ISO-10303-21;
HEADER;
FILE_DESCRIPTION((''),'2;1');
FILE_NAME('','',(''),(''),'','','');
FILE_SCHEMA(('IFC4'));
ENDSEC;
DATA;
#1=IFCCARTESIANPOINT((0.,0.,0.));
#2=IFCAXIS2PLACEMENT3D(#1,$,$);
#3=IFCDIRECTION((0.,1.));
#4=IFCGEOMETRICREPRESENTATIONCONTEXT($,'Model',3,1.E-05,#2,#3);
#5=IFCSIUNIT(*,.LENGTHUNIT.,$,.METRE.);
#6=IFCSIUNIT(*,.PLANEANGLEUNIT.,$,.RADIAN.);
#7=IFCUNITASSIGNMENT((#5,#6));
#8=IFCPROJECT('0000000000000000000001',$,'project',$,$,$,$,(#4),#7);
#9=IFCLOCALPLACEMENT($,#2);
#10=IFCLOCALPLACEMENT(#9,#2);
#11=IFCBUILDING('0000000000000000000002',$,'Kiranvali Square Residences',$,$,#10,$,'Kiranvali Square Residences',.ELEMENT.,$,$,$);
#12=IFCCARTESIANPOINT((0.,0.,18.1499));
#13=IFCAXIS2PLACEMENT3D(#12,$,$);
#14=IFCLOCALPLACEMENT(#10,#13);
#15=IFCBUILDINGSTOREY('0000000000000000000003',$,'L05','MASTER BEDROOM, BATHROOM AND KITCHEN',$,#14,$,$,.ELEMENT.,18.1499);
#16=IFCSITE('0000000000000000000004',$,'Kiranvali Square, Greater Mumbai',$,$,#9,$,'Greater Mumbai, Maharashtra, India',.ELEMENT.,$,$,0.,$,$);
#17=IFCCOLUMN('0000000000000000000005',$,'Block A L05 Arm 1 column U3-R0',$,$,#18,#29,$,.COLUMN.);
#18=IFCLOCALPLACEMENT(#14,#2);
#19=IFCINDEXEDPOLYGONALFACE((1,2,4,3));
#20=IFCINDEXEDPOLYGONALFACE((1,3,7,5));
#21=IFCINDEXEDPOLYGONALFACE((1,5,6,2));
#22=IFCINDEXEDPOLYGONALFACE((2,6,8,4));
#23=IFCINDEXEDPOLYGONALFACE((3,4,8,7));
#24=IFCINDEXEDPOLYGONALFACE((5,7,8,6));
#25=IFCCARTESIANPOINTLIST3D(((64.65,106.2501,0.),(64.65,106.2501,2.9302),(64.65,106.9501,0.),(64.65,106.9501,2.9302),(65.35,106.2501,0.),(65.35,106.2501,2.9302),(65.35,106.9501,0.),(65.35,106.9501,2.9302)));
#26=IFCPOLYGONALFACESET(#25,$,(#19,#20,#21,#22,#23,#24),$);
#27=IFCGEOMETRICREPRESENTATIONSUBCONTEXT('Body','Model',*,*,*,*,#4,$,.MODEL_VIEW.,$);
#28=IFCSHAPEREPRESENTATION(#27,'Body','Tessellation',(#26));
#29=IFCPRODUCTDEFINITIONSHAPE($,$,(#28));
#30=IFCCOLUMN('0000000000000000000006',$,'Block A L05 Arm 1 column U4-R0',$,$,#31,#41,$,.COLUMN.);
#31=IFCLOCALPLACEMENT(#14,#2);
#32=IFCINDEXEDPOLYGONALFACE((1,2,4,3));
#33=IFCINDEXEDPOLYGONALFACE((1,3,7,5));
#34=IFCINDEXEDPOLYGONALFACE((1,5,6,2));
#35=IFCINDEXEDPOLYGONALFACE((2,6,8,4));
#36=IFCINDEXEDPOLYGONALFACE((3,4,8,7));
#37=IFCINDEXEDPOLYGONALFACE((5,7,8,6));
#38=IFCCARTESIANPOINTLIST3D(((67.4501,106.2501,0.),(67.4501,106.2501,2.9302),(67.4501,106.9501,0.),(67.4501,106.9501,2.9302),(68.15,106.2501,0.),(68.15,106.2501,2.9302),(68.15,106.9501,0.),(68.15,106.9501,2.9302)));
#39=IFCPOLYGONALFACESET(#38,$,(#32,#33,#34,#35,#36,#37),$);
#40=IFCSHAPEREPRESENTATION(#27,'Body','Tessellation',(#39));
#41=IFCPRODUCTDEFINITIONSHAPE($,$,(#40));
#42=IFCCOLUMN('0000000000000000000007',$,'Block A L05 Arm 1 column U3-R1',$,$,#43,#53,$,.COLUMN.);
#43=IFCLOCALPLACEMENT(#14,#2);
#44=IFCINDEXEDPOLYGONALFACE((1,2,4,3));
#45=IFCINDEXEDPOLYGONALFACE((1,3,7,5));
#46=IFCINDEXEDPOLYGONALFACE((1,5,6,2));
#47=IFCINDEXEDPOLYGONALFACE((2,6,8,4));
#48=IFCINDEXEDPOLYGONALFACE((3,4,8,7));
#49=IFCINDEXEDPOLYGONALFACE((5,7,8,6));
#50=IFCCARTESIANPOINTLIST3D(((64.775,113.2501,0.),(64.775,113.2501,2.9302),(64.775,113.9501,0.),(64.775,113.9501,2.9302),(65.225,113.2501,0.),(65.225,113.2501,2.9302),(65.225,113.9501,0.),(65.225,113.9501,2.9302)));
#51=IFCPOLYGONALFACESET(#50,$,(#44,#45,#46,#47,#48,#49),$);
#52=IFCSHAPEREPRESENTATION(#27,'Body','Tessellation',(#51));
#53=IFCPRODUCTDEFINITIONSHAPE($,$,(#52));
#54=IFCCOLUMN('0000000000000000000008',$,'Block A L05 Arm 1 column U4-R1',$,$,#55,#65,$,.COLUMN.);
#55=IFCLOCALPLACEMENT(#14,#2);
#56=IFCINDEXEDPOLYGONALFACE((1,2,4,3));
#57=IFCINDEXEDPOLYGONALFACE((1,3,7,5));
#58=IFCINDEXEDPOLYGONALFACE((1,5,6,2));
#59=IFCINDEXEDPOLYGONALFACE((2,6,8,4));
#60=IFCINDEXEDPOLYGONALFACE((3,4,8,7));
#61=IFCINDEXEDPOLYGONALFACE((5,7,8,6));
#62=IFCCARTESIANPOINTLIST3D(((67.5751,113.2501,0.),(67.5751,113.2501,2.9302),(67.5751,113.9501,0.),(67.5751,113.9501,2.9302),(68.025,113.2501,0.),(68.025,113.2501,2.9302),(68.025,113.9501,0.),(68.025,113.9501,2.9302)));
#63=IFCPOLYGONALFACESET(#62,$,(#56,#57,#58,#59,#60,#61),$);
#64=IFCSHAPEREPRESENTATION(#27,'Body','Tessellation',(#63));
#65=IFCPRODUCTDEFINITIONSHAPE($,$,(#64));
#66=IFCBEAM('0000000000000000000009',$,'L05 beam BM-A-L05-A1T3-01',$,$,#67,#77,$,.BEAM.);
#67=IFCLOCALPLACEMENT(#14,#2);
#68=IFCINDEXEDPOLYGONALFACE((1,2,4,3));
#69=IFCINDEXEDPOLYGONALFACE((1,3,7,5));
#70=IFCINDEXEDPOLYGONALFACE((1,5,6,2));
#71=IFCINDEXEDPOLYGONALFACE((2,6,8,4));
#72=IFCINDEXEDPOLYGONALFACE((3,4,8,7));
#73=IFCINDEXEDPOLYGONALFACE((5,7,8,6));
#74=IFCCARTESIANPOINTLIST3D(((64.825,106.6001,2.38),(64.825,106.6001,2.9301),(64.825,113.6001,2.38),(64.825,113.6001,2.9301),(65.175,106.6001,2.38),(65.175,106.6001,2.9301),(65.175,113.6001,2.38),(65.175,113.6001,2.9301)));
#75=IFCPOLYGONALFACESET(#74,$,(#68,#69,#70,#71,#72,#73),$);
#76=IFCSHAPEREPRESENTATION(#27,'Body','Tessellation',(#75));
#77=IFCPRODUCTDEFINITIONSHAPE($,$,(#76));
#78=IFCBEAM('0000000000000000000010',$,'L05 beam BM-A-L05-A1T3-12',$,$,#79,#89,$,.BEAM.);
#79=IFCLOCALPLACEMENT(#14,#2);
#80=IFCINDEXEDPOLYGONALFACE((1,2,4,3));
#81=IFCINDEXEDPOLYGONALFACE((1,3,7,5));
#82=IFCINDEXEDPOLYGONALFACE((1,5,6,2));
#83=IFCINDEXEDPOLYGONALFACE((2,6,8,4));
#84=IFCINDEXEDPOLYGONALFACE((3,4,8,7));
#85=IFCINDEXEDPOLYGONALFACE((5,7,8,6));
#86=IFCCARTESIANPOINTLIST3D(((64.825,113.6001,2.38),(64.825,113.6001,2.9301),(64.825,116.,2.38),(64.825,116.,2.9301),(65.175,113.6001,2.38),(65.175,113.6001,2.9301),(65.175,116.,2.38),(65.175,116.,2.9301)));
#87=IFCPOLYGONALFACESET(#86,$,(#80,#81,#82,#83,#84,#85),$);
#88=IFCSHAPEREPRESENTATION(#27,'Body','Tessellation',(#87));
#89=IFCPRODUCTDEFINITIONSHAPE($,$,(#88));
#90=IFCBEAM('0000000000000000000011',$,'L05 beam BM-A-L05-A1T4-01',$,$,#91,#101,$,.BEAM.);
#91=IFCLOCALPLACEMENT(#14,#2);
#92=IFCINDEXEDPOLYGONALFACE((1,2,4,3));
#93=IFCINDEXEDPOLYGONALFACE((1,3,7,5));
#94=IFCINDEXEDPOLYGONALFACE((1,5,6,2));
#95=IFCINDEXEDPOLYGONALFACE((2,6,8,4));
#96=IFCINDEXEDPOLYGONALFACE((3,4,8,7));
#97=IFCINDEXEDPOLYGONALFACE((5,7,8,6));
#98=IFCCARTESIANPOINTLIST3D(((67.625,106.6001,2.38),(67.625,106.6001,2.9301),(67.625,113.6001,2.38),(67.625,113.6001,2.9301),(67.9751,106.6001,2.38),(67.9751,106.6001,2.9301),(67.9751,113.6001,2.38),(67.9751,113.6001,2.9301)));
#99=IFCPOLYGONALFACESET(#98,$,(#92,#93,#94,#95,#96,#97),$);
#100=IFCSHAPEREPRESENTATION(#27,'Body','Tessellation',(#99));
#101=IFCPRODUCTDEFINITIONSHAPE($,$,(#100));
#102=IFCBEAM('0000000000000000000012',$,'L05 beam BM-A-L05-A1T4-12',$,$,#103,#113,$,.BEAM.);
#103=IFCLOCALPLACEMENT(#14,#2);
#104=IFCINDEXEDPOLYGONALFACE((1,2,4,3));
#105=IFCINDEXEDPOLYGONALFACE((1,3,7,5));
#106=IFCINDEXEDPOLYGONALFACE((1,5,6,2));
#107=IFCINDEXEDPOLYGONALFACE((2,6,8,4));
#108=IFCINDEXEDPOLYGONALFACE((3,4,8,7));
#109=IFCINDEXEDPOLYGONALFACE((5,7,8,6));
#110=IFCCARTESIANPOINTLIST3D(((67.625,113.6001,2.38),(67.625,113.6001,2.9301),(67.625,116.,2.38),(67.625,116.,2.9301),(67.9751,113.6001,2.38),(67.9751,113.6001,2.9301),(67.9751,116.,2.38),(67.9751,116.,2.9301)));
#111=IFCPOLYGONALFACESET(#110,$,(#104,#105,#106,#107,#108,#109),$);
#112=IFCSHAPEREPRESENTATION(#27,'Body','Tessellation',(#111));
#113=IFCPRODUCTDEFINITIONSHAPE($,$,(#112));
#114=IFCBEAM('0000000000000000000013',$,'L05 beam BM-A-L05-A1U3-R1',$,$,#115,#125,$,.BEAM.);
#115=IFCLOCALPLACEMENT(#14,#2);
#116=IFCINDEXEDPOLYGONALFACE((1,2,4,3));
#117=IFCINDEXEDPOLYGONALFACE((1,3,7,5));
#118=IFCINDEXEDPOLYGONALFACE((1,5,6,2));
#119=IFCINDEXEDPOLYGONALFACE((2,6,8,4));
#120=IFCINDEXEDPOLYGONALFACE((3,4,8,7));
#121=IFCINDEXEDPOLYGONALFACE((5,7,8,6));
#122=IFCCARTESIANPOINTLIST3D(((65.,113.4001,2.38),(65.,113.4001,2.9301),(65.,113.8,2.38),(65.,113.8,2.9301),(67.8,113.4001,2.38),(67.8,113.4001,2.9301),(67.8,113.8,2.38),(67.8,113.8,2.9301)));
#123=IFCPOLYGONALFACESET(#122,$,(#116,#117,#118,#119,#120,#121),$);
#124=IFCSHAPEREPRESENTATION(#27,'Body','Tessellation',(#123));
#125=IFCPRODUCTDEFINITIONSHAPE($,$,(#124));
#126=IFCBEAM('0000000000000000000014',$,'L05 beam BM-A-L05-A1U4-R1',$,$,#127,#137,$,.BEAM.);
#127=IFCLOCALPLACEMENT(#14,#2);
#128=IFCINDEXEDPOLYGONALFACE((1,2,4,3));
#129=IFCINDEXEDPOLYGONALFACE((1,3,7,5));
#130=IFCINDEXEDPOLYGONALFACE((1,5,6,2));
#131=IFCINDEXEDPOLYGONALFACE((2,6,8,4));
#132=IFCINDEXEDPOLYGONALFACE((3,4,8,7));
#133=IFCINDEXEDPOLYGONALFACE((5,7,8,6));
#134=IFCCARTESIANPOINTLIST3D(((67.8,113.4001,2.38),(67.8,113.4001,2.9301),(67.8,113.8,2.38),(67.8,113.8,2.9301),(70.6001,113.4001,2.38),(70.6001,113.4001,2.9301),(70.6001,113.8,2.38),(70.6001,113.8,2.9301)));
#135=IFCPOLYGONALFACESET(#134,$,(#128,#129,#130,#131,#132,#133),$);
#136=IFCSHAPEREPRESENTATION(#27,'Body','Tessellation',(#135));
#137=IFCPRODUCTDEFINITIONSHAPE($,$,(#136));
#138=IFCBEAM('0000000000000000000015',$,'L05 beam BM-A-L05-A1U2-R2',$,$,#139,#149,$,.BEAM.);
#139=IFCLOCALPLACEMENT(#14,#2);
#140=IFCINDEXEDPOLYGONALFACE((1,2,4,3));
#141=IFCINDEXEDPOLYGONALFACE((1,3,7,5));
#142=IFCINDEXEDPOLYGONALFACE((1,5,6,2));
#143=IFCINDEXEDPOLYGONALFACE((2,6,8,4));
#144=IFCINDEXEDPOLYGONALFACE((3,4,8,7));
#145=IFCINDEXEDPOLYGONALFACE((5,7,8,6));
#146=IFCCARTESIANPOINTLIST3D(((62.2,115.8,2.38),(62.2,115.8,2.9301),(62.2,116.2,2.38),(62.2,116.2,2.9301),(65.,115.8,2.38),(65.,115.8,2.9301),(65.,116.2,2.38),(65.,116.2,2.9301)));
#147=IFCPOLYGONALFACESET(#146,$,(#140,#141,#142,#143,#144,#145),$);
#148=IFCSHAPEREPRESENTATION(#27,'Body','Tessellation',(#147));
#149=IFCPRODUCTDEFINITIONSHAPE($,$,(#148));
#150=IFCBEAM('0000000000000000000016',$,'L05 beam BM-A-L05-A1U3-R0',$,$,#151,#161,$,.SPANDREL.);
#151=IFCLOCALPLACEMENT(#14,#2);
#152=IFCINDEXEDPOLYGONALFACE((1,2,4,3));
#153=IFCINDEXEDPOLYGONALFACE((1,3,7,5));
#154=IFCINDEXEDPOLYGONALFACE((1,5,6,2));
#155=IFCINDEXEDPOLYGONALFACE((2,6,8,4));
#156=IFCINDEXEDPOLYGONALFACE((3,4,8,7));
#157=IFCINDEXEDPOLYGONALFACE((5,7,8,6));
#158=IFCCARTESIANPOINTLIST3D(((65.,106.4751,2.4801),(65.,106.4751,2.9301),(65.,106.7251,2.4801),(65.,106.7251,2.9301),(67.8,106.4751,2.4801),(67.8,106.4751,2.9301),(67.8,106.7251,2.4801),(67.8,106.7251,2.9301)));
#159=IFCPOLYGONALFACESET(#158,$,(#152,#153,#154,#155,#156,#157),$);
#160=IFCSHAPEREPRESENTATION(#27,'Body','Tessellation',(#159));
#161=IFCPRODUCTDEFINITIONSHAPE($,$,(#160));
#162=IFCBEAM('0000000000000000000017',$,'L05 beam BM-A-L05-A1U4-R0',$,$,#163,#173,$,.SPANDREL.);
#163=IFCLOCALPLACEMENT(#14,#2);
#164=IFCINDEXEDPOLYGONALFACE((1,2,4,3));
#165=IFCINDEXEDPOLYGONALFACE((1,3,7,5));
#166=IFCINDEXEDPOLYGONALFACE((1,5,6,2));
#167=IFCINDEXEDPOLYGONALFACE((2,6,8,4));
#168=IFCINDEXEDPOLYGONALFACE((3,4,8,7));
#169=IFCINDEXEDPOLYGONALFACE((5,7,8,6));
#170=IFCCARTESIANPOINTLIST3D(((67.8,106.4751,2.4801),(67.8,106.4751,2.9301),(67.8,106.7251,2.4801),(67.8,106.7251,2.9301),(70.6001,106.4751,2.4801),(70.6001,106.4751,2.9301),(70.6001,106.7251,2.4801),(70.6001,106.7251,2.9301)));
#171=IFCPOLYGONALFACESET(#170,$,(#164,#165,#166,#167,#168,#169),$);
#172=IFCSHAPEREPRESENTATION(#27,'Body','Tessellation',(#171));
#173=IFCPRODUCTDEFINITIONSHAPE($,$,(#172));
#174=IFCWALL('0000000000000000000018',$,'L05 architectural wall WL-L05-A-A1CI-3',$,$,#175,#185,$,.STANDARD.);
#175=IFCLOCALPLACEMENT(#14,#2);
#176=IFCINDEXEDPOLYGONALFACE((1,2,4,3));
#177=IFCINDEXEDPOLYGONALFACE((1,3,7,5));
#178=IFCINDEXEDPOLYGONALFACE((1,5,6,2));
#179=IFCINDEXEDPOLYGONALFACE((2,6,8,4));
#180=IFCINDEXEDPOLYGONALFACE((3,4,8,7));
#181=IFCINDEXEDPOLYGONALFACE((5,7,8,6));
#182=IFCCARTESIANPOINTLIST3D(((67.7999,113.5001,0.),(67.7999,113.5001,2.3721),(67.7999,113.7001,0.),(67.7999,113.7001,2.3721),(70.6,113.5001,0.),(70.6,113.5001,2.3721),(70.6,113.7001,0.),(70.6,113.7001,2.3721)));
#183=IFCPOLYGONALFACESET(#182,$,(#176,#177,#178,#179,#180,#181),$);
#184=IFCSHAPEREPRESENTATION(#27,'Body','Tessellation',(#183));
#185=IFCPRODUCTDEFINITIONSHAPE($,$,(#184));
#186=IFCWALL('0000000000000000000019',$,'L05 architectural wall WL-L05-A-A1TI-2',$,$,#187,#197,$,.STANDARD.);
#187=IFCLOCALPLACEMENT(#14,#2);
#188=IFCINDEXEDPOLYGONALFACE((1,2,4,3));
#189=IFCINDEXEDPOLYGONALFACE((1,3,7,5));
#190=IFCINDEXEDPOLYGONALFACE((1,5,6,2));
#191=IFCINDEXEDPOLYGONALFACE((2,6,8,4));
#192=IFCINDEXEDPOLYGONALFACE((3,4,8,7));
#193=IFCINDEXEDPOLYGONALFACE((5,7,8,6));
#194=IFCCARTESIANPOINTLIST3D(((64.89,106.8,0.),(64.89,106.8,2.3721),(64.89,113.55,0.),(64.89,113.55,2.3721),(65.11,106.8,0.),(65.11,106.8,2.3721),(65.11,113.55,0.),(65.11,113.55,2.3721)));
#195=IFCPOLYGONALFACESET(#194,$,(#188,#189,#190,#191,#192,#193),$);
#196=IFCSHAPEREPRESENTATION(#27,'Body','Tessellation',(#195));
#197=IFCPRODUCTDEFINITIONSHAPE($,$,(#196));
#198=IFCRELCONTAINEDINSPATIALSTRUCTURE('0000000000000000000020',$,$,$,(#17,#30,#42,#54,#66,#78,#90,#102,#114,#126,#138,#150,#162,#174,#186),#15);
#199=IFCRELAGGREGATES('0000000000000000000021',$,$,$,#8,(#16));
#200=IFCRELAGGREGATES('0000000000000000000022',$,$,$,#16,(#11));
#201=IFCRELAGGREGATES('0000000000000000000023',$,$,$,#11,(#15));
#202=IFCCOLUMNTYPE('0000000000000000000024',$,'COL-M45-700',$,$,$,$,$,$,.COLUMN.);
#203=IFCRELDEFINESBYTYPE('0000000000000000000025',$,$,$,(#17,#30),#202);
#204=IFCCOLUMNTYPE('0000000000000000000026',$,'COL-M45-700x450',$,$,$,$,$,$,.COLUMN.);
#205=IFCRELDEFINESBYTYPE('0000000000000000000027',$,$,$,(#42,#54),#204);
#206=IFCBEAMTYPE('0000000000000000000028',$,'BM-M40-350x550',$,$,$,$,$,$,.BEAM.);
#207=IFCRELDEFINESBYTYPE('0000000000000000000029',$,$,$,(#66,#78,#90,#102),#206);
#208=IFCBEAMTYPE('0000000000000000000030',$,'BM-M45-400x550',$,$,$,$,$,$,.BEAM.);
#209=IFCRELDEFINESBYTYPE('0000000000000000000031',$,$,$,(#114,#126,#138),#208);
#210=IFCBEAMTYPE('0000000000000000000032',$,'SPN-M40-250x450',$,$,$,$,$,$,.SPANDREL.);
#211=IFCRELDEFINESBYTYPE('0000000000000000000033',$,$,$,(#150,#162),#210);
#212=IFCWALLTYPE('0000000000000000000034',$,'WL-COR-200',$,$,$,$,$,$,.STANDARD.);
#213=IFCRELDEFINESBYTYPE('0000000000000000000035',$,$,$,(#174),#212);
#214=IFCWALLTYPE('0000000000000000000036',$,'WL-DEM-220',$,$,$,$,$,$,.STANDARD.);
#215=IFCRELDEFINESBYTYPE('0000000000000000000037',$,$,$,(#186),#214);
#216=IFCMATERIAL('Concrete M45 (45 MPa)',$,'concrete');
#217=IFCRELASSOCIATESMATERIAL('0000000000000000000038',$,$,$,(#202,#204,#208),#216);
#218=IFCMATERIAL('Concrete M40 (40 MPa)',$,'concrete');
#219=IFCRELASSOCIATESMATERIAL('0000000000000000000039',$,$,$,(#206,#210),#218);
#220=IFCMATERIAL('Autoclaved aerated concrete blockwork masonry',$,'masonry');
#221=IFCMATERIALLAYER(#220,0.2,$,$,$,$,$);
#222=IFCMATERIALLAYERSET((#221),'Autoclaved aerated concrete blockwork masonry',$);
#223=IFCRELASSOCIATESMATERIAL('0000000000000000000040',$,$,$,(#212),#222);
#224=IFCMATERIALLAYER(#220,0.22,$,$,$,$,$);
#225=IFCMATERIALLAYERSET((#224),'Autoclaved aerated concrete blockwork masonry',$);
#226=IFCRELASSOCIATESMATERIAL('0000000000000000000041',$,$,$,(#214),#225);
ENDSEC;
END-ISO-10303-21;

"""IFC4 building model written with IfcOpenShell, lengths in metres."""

from ifc_helpers import new_model, si_unit, direction, frame, frame_2d, origin, origin_2d, place, context, subcontext, project, spatial, rectangle, extrude, material, layer, layer_set, material_profile, profile_set, type_object, element, save


model = new_model("IFC4")

# Units and contexts
model_context = context("Model", 3, precision=1e-05, world=origin(), true_north=direction((0.0, 1.0)))
body_context = subcontext(model_context, "Body", "Model", "MODEL_VIEW")
ifc_project = project(units=[si_unit("LENGTHUNIT", "METRE"), si_unit("PLANEANGLEUNIT", "RADIAN")], contexts=[model_context])

# Site, building, storey
site_placement = place(None, origin())
site = spatial("IfcSite", under=ifc_project, at=site_placement, Name="Kiranvali Square, Greater Mumbai", LongName="Greater Mumbai, Maharashtra, India", CompositionType="ELEMENT", RefElevation=0.0)
building_placement = place(site_placement, origin())
building = spatial("IfcBuilding", under=site, at=building_placement, Name="Kiranvali Square Residences", LongName="Kiranvali Square Residences", CompositionType="ELEMENT")
storey_placement = place(building_placement, frame((0.0, 0.0, 18.1499)))
storey = spatial("IfcBuildingStorey", under=building, at=storey_placement, Name="L05", Description="MASTER BEDROOM, BATHROOM AND KITCHEN", CompositionType="ELEMENT", Elevation=18.1499)

# Columns
ifc_material_1 = material(Name="Concrete M45 (45 MPa)", Category="concrete")
ifc_material_profile_1 = material_profile(ifc_material_1, rectangle(XDim=0.7, YDim=0.7, at=origin_2d()), Name="RC 700x700")
ifc_profile_set_1 = profile_set([ifc_material_profile_1], Name="Concrete M45 (45 MPa)")
column_type_1 = type_object("IfcColumnType", Name="COL-M45-700", PredefinedType="COLUMN", material=ifc_profile_set_1)
for number, where, z_axis, x_axis, name in (
    (1, (65.0, 106.6001, 0.0), (0.0, 0.0, 1.0), (1.0, 0.0, 0.0), "Block A L05 Arm 1 column U3-R0"),
    (2, (67.8, 106.6001, 0.0), (0.0, 0.0, 1.0), (1.0, 0.0, 0.0), "Block A L05 Arm 1 column U4-R0"),
):
    element("IfcColumn", number, at=place(storey_placement, frame(where, z_axis=z_axis, x_axis=x_axis)), inside=storey, type_object=column_type_1, Name=name, PredefinedType="COLUMN", context=body_context, shape_type="SweptSolid", body=[
        extrude(rectangle(XDim=0.7, YDim=0.7, at=origin_2d()), origin(), (0.0, 0.0, 1.0), 2.9302),
    ])
ifc_material_profile_2 = material_profile(ifc_material_1, rectangle(XDim=0.45, YDim=0.7, at=origin_2d()), Name="RC 700x450")
ifc_profile_set_2 = profile_set([ifc_material_profile_2], Name="Concrete M45 (45 MPa)")
column_type_2 = type_object("IfcColumnType", Name="COL-M45-700x450", PredefinedType="COLUMN", material=ifc_profile_set_2)
for number, where, z_axis, x_axis, name in (
    (3, (65.0, 113.6001, 0.0), (0.0, 0.0, 1.0), (1.0, 0.0, 0.0), "Block A L05 Arm 1 column U3-R1"),
    (4, (67.8, 113.6001, 0.0), (0.0, 0.0, 1.0), (1.0, 0.0, 0.0), "Block A L05 Arm 1 column U4-R1"),
):
    element("IfcColumn", number, at=place(storey_placement, frame(where, z_axis=z_axis, x_axis=x_axis)), inside=storey, type_object=column_type_2, Name=name, PredefinedType="COLUMN", context=body_context, shape_type="SweptSolid", body=[
        extrude(rectangle(XDim=0.45, YDim=0.7, at=origin_2d()), origin(), (0.0, 0.0, 1.0), 2.9302),
    ])

# Beams
ifc_material_2 = material(Name="Concrete M40 (40 MPa)", Category="concrete")
ifc_material_profile_3 = material_profile(ifc_material_2, rectangle(XDim=0.3501, YDim=0.55, at=origin_2d()), Name="RC 350x550")
ifc_profile_set_3 = profile_set([ifc_material_profile_3], Name="Concrete M40 (40 MPa)")
beam_type_1 = type_object("IfcBeamType", Name="BM-M40-350x550", PredefinedType="BEAM", material=ifc_profile_set_3)
beam_1_placement = place(storey_placement, frame((65.0, 106.6001, 2.655), z_axis=(0.0, 1.0, 0.0), x_axis=(-1.0, 0.0, 0.0)))
element("IfcBeam", 5, at=beam_1_placement, inside=storey, type_object=beam_type_1, Name="L05 beam BM-A-L05-A1T3-01", PredefinedType="BEAM", context=body_context, shape_type="SweptSolid", body=[
    extrude(rectangle(XDim=0.3501, YDim=0.55, at=origin_2d()), origin(), (0.0, 0.0, 1.0), 7.0),
])
beam_2_placement = place(storey_placement, frame((65.0, 113.6001, 2.655), z_axis=(0.0, 1.0, 0.0), x_axis=(-1.0, 0.0, 0.0)))
element("IfcBeam", 6, at=beam_2_placement, inside=storey, type_object=beam_type_1, Name="L05 beam BM-A-L05-A1T3-12", PredefinedType="BEAM", context=body_context, shape_type="SweptSolid", body=[
    extrude(rectangle(XDim=0.3501, YDim=0.55, at=origin_2d()), origin(), (0.0, 0.0, 1.0), 2.3999),
])
beam_3_placement = place(storey_placement, frame((67.8, 106.6001, 2.655), z_axis=(0.0, 1.0, 0.0), x_axis=(-1.0, 0.0, 0.0)))
element("IfcBeam", 7, at=beam_3_placement, inside=storey, type_object=beam_type_1, Name="L05 beam BM-A-L05-A1T4-01", PredefinedType="BEAM", context=body_context, shape_type="SweptSolid", body=[
    extrude(rectangle(XDim=0.3501, YDim=0.55, at=origin_2d()), origin(), (0.0, 0.0, 1.0), 7.0),
])
beam_4_placement = place(storey_placement, frame((67.8, 113.6001, 2.655), z_axis=(0.0, 1.0, 0.0), x_axis=(-1.0, 0.0, 0.0)))
element("IfcBeam", 8, at=beam_4_placement, inside=storey, type_object=beam_type_1, Name="L05 beam BM-A-L05-A1T4-12", PredefinedType="BEAM", context=body_context, shape_type="SweptSolid", body=[
    extrude(rectangle(XDim=0.3501, YDim=0.55, at=origin_2d()), origin(), (0.0, 0.0, 1.0), 2.3999),
])
ifc_material_profile_4 = material_profile(ifc_material_1, rectangle(XDim=0.3999, YDim=0.55, at=origin_2d()), Name="RC 400x550")
ifc_profile_set_4 = profile_set([ifc_material_profile_4], Name="Concrete M45 (45 MPa)")
beam_type_2 = type_object("IfcBeamType", Name="BM-M45-400x550", PredefinedType="BEAM", material=ifc_profile_set_4)
for number, where, z_axis, x_axis, name in (
    (9, (65.0, 113.6001, 2.655), (1.0, 0.0, 0.0), (0.0, 1.0, 0.0), "L05 beam BM-A-L05-A1U3-R1"),
    (10, (67.8, 113.6001, 2.655), (1.0, 0.0, 0.0), (0.0, 1.0, 0.0), "L05 beam BM-A-L05-A1U4-R1"),
    (11, (62.2, 116.0, 2.655), (1.0, 0.0, 0.0), (0.0, 1.0, 0.0), "L05 beam BM-A-L05-A1U2-R2"),
):
    element("IfcBeam", number, at=place(storey_placement, frame(where, z_axis=z_axis, x_axis=x_axis)), inside=storey, type_object=beam_type_2, Name=name, PredefinedType="BEAM", context=body_context, shape_type="SweptSolid", body=[
        extrude(rectangle(XDim=0.3999, YDim=0.55, at=origin_2d()), origin(), (0.0, 0.0, 1.0), 2.8),
    ])
ifc_material_profile_5 = material_profile(ifc_material_2, rectangle(XDim=0.25, YDim=0.45, at=origin_2d()), Name="RC 250x450")
ifc_profile_set_5 = profile_set([ifc_material_profile_5], Name="Concrete M40 (40 MPa)")
beam_type_3 = type_object("IfcBeamType", Name="SPN-M40-250x450", PredefinedType="SPANDREL", material=ifc_profile_set_5)
for number, where, z_axis, x_axis, name in (
    (12, (65.0, 106.6001, 2.7051), (1.0, 0.0, 0.0), (0.0, 1.0, 0.0), "L05 beam BM-A-L05-A1U3-R0"),
    (13, (67.8, 106.6001, 2.7051), (1.0, 0.0, 0.0), (0.0, 1.0, 0.0), "L05 beam BM-A-L05-A1U4-R0"),
):
    element("IfcBeam", number, at=place(storey_placement, frame(where, z_axis=z_axis, x_axis=x_axis)), inside=storey, type_object=beam_type_3, Name=name, PredefinedType="SPANDREL", context=body_context, shape_type="SweptSolid", body=[
        extrude(rectangle(XDim=0.25, YDim=0.45, at=origin_2d()), origin(), (0.0, 0.0, 1.0), 2.8),
    ])

# Shared definitions
ifc_material_3 = material(Name="Autoclaved aerated concrete blockwork masonry", Category="masonry")
ifc_layer_1 = layer(ifc_material_3, 0.2)
ifc_layer_set_1 = layer_set([ifc_layer_1], Name="Autoclaved aerated concrete blockwork masonry")
wall_type_1 = type_object("IfcWallType", Name="WL-COR-200", PredefinedType="STANDARD", material=ifc_layer_set_1)

# Walls
wall_1_placement = place(storey_placement, frame((67.8, 113.6001, 0.0), z_axis=(0.0, 0.0, 1.0), x_axis=(1.0, 0.0, 0.0)))
element("IfcWall", 14, at=wall_1_placement, inside=storey, type_object=wall_type_1, Name="L05 architectural wall WL-L05-A-A1CI-3", PredefinedType="STANDARD", context=body_context, shape_type="SweptSolid", body=[
    extrude(rectangle(XDim=2.8, YDim=0.2, at=frame_2d((1.3999, 0.0))), origin(), (0.0, 0.0, 1.0), 2.3721),
])
ifc_layer_2 = layer(ifc_material_3, 0.22)
ifc_layer_set_2 = layer_set([ifc_layer_2], Name="Autoclaved aerated concrete blockwork masonry")
wall_type_2 = type_object("IfcWallType", Name="WL-DEM-220", PredefinedType="STANDARD", material=ifc_layer_set_2)
wall_2_placement = place(storey_placement, frame((65.0, 106.8, 0.0), z_axis=(0.0, 0.0, 1.0), x_axis=(0.0, 1.0, 0.0)))
element("IfcWall", 15, at=wall_2_placement, inside=storey, type_object=wall_type_2, Name="L05 architectural wall WL-L05-A-A1TI-2", PredefinedType="STANDARD", context=body_context, shape_type="SweptSolid", body=[
    extrude(rectangle(XDim=6.75, YDim=0.22, at=frame_2d((3.375, 0.0))), origin(), (0.0, 0.0, 1.0), 2.3721),
])

save(model, "model.ifc")
